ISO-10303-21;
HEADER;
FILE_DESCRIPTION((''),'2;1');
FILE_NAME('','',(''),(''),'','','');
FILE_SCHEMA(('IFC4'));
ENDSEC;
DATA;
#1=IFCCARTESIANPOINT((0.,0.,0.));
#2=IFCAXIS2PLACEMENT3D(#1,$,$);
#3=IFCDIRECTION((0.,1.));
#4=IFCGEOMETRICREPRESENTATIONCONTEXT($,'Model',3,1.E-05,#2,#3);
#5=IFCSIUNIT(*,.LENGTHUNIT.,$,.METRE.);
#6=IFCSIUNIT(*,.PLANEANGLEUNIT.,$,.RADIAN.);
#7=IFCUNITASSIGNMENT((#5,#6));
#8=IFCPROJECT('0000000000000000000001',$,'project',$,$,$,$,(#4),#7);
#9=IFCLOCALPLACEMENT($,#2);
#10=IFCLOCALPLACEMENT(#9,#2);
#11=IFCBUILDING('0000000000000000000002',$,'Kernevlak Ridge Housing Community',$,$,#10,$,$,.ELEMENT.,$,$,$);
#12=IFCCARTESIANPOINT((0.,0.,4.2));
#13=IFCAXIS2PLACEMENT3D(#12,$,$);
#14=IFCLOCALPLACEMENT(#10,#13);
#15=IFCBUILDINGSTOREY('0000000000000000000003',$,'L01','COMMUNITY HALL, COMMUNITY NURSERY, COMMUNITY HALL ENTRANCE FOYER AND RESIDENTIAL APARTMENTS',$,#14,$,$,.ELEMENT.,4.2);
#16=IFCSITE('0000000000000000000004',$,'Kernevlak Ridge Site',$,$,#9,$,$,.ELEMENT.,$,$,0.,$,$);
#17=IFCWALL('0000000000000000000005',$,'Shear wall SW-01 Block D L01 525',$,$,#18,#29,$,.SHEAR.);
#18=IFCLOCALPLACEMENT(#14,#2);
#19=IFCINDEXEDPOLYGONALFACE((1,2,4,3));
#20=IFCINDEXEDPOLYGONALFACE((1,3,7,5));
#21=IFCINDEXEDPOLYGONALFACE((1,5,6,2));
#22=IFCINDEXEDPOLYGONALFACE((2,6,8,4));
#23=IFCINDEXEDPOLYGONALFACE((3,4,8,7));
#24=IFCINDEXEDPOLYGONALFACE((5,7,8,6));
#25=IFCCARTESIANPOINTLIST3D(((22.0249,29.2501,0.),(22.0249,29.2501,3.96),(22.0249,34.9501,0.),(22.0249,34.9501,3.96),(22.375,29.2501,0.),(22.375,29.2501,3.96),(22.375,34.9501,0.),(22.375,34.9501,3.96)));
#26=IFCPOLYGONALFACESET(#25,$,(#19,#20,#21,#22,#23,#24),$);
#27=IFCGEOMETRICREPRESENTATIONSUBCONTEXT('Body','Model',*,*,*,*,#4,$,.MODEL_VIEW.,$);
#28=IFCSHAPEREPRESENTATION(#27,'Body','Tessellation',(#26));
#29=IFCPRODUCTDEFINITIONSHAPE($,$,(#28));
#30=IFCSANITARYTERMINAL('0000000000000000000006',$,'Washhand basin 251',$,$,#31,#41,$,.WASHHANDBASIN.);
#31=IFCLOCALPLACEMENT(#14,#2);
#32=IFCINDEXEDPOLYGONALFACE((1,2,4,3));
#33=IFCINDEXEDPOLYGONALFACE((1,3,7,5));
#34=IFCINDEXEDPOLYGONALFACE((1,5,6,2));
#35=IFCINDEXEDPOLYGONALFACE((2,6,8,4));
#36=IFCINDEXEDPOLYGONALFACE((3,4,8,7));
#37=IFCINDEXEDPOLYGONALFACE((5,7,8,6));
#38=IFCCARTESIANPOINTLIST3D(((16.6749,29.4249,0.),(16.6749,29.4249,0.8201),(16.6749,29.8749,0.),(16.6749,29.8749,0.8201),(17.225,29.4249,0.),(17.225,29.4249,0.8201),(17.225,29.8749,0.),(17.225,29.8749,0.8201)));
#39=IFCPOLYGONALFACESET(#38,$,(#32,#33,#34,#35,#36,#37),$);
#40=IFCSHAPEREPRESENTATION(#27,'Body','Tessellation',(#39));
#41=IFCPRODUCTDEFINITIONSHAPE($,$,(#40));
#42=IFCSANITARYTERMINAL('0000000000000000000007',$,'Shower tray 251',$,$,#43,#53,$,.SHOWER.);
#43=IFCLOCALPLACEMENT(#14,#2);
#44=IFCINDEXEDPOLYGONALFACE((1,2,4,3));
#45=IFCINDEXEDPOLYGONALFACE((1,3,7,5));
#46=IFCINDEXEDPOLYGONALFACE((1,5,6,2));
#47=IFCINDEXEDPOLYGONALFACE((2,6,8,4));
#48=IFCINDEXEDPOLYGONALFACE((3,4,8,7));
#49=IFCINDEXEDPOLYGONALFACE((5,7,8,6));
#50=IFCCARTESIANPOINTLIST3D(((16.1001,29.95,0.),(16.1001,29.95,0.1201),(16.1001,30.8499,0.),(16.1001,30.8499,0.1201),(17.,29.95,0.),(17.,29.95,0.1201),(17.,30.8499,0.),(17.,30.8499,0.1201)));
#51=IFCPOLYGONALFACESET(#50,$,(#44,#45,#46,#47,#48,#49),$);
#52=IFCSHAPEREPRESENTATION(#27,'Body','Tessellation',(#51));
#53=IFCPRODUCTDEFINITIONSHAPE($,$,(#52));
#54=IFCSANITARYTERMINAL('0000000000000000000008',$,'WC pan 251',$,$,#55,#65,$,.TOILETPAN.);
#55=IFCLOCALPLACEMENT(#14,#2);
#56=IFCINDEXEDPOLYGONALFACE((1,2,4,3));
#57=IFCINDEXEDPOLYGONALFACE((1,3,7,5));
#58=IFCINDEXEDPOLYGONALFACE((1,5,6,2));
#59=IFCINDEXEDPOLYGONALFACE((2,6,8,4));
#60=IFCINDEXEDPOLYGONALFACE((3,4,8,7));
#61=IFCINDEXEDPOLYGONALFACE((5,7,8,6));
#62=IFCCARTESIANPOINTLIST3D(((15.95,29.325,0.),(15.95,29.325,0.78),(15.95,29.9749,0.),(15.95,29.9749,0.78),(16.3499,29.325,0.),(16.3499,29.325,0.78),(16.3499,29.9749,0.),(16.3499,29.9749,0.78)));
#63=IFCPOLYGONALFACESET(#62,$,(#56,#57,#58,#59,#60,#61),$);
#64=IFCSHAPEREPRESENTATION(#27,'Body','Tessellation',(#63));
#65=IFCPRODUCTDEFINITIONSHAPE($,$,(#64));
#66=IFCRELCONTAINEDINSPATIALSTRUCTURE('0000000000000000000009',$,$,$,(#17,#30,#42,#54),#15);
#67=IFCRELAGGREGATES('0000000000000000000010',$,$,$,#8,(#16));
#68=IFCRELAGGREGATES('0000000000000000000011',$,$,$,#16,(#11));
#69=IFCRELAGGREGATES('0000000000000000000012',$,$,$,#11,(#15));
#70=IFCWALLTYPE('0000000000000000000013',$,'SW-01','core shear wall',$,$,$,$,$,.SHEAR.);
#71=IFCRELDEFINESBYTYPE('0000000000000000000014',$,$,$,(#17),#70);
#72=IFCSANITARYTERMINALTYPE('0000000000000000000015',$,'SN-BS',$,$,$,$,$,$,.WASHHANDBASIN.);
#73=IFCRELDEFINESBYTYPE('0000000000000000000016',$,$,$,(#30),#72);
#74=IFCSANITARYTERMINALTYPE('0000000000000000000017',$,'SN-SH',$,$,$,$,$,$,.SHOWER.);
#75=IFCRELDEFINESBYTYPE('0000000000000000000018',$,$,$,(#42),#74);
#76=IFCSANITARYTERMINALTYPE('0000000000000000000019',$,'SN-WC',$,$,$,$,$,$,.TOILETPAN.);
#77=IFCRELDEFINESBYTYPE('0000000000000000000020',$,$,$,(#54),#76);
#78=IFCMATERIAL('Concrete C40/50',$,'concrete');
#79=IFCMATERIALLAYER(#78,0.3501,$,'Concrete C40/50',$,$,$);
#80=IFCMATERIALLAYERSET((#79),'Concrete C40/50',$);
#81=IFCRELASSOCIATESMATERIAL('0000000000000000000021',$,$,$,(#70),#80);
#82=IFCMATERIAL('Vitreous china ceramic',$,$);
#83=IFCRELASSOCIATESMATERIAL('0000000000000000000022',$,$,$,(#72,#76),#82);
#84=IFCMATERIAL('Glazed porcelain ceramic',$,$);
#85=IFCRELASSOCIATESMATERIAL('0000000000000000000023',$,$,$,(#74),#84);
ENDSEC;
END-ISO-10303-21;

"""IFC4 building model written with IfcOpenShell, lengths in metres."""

from ifc_helpers import new_model, si_unit, direction, frame, frame_2d, origin, origin_2d, place, context, subcontext, project, spatial, rectangle, extrude, material, layer, layer_set, type_object, element, save


model = new_model("IFC4")

# Units and contexts
model_context = context("Model", 3, precision=1e-05, world=origin(), true_north=direction((0.0, 1.0)))
body_context = subcontext(model_context, "Body", "Model", "MODEL_VIEW")
ifc_project = project(units=[si_unit("LENGTHUNIT", "METRE"), si_unit("PLANEANGLEUNIT", "RADIAN")], contexts=[model_context])

# Site, building, storey
site_placement = place(None, origin())
site = spatial("IfcSite", under=ifc_project, at=site_placement, Name="Kernevlak Ridge Site", CompositionType="ELEMENT", RefElevation=0.0)
building_placement = place(site_placement, origin())
building = spatial("IfcBuilding", under=site, at=building_placement, Name="Kernevlak Ridge Housing Community", CompositionType="ELEMENT")
storey_placement = place(building_placement, frame((0.0, 0.0, 4.2)))
storey = spatial("IfcBuildingStorey", under=building, at=storey_placement, Name="L01", Description="COMMUNITY HALL, COMMUNITY NURSERY, COMMUNITY HALL ENTRANCE FOYER AND RESIDENTIAL APARTMENTS", CompositionType="ELEMENT", Elevation=4.2)

# Wall
ifc_material_1 = material(Name="Concrete C40/50", Category="concrete")
ifc_layer_1 = layer(ifc_material_1, 0.3501, Name="Concrete C40/50")
ifc_layer_set_1 = layer_set([ifc_layer_1], Name="Concrete C40/50")
wall_type_1 = type_object("IfcWallType", Name="SW-01", Description="core shear wall", PredefinedType="SHEAR", material=ifc_layer_set_1)
wall_1_placement = place(storey_placement, frame((22.2, 29.25, 0.0), z_axis=(0.0, 0.0, 1.0), x_axis=(0.0, 1.0, 0.0)))
element("IfcWall", 1, at=wall_1_placement, inside=storey, type_object=wall_type_1, Name="Shear wall SW-01 Block D L01 525", PredefinedType="SHEAR", context=body_context, shape_type="SweptSolid", body=[
    extrude(rectangle(XDim=5.7, YDim=0.3501, at=frame_2d((2.8501, 0.0))), origin(), (0.0, 0.0, 1.0), 3.96),
])

# Sanitary terminals
ifc_material_2 = material(Name="Vitreous china ceramic")
sanitary_terminal_type_1 = type_object("IfcSanitaryTerminalType", Name="SN-BS", PredefinedType="WASHHANDBASIN", material=ifc_material_2)
sanitary_terminal_1_placement = place(storey_placement, frame((16.95, 29.6499, 0.0), z_axis=(0.0, 0.0, 1.0), x_axis=(1.0, 0.0, 0.0)))
element("IfcSanitaryTerminal", 2, at=sanitary_terminal_1_placement, inside=storey, type_object=sanitary_terminal_type_1, Name="Washhand basin 251", PredefinedType="WASHHANDBASIN", context=body_context, shape_type="SweptSolid", body=[
    extrude(rectangle(XDim=0.55, YDim=0.45, at=origin_2d()), origin(), (0.0, 0.0, 1.0), 0.8201),
])
ifc_material_3 = material(Name="Glazed porcelain ceramic")
sanitary_terminal_type_2 = type_object("IfcSanitaryTerminalType", Name="SN-SH", PredefinedType="SHOWER", material=ifc_material_3)
sanitary_terminal_2_placement = place(storey_placement, frame((16.55, 30.3999, 0.0), z_axis=(0.0, 0.0, 1.0), x_axis=(1.0, 0.0, 0.0)))
element("IfcSanitaryTerminal", 3, at=sanitary_terminal_2_placement, inside=storey, type_object=sanitary_terminal_type_2, Name="Shower tray 251", PredefinedType="SHOWER", context=body_context, shape_type="SweptSolid", body=[
    extrude(rectangle(XDim=0.8999, YDim=0.8999, at=origin_2d()), origin(), (0.0, 0.0, 1.0), 0.1201),
])
sanitary_terminal_type_3 = type_object("IfcSanitaryTerminalType", Name="SN-WC", PredefinedType="TOILETPAN", material=ifc_material_2)
sanitary_terminal_3_placement = place(storey_placement, frame((16.1499, 29.6499, 0.0), z_axis=(0.0, 0.0, 1.0), x_axis=(1.0, 0.0, 0.0)))
element("IfcSanitaryTerminal", 4, at=sanitary_terminal_3_placement, inside=storey, type_object=sanitary_terminal_type_3, Name="WC pan 251", PredefinedType="TOILETPAN", context=body_context, shape_type="SweptSolid", body=[
    extrude(rectangle(XDim=0.3999, YDim=0.6499, at=origin_2d()), origin(), (0.0, 0.0, 1.0), 0.78),
])

save(model, "model.ifc")
